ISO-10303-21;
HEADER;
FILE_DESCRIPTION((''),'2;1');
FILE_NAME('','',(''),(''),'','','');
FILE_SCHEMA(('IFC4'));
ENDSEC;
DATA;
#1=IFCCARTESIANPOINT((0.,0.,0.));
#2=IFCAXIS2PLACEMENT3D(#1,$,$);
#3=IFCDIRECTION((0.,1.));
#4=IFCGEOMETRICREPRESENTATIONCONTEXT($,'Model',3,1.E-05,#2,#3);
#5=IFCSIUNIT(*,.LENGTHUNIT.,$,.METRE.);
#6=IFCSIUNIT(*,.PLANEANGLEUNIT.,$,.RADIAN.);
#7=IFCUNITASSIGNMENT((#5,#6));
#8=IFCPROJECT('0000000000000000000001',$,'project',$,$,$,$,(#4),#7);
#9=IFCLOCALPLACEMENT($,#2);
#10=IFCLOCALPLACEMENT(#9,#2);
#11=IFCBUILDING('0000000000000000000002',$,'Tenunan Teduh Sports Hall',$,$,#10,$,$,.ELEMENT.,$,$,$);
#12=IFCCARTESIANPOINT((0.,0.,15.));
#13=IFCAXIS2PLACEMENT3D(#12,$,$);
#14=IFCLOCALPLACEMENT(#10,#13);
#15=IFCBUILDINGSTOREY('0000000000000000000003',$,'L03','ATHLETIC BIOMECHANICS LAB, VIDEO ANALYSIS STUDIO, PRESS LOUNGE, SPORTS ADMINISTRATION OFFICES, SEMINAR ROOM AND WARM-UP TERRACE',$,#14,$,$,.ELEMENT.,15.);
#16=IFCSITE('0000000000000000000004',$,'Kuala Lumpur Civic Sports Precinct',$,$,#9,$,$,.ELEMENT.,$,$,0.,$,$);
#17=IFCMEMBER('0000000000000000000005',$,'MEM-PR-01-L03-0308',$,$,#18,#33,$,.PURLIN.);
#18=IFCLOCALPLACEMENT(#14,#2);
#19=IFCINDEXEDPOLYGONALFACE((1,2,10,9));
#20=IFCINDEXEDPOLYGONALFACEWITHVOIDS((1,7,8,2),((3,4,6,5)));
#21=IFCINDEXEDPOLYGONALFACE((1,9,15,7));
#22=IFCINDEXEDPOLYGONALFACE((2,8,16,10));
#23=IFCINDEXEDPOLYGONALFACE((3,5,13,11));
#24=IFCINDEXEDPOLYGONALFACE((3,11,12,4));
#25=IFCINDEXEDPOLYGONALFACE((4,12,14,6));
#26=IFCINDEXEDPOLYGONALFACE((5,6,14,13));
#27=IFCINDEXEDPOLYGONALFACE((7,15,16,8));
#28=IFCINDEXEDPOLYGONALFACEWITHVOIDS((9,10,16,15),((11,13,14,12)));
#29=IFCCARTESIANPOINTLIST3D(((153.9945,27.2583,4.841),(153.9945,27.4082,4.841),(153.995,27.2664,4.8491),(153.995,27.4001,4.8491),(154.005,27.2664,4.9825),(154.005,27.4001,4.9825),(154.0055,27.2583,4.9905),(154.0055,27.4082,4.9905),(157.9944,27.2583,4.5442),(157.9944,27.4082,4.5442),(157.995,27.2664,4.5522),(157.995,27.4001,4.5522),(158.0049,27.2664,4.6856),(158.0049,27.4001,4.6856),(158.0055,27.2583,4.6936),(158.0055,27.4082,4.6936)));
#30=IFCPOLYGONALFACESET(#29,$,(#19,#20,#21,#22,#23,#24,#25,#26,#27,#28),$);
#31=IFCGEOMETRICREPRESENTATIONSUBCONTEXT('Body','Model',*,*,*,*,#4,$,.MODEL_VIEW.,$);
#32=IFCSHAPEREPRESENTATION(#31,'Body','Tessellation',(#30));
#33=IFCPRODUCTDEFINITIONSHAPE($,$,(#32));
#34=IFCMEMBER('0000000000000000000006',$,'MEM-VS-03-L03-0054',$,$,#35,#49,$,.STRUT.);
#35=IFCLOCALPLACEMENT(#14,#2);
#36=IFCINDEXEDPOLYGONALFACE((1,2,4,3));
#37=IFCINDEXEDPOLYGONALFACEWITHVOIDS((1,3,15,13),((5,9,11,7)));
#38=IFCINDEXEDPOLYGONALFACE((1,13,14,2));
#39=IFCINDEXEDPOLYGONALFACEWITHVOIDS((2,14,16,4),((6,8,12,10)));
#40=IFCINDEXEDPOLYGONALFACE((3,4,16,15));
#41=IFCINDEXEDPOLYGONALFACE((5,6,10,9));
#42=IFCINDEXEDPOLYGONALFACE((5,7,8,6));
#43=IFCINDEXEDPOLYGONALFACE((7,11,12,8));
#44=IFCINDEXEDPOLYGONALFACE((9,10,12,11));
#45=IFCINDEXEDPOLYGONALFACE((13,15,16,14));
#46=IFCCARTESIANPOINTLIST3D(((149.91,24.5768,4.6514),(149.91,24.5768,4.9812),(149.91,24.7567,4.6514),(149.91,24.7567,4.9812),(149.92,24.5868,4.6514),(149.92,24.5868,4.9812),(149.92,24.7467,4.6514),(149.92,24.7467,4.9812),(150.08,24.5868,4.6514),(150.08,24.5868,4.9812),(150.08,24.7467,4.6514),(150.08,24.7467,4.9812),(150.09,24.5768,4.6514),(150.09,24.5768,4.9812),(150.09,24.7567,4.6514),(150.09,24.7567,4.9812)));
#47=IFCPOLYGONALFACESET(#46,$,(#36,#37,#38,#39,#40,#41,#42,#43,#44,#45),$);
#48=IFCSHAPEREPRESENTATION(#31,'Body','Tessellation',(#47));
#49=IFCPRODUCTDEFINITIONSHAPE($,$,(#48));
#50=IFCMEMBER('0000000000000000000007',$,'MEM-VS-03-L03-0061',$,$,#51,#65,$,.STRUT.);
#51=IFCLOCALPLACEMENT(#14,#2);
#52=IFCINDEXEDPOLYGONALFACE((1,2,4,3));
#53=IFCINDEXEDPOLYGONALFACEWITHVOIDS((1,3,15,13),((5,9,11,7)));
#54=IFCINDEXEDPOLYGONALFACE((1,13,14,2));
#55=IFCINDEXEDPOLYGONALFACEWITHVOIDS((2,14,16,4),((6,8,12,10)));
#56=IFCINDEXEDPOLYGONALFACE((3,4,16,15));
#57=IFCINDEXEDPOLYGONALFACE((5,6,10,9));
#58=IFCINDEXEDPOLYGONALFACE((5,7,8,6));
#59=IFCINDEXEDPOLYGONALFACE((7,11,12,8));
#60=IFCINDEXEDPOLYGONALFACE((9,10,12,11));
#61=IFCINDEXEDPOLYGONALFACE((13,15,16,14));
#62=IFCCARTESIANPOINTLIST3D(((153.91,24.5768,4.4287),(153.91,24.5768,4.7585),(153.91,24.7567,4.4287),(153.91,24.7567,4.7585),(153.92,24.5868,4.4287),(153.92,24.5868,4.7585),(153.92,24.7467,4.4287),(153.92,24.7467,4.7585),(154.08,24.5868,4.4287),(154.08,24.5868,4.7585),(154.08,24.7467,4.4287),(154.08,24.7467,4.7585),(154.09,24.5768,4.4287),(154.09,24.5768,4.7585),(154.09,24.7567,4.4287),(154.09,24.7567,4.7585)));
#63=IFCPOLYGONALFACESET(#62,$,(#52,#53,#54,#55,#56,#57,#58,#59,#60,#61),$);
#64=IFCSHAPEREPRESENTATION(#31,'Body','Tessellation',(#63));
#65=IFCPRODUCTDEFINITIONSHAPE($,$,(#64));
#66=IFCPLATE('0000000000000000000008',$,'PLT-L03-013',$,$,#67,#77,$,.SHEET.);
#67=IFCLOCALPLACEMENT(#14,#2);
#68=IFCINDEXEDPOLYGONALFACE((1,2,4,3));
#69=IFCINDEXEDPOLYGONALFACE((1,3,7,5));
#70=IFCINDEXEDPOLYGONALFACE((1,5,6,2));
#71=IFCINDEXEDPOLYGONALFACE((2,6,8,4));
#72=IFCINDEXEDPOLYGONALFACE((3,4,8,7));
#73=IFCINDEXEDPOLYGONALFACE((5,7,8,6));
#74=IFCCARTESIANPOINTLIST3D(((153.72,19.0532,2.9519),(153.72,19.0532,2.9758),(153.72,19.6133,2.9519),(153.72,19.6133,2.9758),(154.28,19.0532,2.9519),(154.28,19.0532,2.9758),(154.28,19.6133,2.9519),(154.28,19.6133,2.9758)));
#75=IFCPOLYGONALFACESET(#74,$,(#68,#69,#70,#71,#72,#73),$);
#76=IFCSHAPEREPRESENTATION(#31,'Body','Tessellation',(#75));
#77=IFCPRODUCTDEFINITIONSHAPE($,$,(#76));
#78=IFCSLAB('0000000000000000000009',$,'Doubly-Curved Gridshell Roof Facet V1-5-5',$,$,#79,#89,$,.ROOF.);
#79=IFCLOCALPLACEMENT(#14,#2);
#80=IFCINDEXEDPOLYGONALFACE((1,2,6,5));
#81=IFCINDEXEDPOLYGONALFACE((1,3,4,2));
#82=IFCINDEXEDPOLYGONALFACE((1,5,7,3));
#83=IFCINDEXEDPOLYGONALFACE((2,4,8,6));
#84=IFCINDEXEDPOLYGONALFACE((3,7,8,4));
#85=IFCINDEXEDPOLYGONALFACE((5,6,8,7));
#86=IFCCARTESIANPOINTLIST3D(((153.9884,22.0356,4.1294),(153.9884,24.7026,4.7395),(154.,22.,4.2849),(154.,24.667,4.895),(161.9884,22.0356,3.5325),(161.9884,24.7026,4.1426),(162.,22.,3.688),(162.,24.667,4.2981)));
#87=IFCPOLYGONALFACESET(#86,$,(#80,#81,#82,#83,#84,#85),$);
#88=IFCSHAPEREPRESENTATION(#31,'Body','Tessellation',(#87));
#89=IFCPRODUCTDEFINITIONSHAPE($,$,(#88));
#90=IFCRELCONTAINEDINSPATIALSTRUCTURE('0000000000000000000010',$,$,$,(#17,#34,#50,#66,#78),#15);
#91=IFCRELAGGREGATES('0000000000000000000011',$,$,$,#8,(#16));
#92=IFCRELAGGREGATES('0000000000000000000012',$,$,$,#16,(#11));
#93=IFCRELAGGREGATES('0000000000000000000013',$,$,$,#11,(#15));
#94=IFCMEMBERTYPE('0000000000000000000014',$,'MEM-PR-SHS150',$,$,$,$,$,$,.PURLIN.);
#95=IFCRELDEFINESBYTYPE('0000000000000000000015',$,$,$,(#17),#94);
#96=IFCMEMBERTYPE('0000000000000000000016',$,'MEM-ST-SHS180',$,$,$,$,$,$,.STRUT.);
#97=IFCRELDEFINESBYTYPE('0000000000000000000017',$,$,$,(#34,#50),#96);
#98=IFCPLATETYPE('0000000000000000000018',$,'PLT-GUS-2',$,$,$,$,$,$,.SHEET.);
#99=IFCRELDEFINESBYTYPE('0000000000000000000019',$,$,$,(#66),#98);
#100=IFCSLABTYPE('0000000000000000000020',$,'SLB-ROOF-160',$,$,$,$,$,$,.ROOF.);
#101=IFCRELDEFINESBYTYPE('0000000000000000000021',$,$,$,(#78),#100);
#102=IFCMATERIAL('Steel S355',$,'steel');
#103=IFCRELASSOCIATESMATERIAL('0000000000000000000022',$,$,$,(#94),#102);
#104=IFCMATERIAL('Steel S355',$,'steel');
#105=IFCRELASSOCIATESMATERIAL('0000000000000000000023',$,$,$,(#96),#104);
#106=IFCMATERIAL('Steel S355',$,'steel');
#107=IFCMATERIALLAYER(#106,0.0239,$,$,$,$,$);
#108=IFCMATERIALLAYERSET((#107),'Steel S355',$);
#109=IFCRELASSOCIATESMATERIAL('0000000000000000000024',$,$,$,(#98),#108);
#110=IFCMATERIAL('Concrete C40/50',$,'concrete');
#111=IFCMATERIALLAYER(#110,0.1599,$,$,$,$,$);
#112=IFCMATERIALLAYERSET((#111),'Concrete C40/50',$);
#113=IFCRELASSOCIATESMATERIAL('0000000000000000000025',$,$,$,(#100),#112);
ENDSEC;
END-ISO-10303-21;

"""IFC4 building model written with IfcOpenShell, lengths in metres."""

from ifc_helpers import new_model, si_unit, direction, frame, origin, origin_2d, place, context, subcontext, project, spatial, polyline, rectangle, hollow_rectangle, outline, extrude, material, layer, layer_set, material_profile, profile_set, type_object, element, save


model = new_model("IFC4")

# Units and contexts
model_context = context("Model", 3, precision=1e-05, world=origin(), true_north=direction((0.0, 1.0)))
body_context = subcontext(model_context, "Body", "Model", "MODEL_VIEW")
ifc_project = project(units=[si_unit("LENGTHUNIT", "METRE"), si_unit("PLANEANGLEUNIT", "RADIAN")], contexts=[model_context])

# Site, building, storey
site_placement = place(None, origin())
site = spatial("IfcSite", under=ifc_project, at=site_placement, Name="Kuala Lumpur Civic Sports Precinct", CompositionType="ELEMENT", RefElevation=0.0)
building_placement = place(site_placement, origin())
building = spatial("IfcBuilding", under=site, at=building_placement, Name="Tenunan Teduh Sports Hall", CompositionType="ELEMENT")
storey_placement = place(building_placement, frame((0.0, 0.0, 15.0)))
storey = spatial("IfcBuildingStorey", under=building, at=storey_placement, Name="L03", Description="ATHLETIC BIOMECHANICS LAB, VIDEO ANALYSIS STUDIO, PRESS LOUNGE, SPORTS ADMINISTRATION OFFICES, SEMINAR ROOM AND WARM-UP TERRACE", CompositionType="ELEMENT", Elevation=15.0)

# Members
ifc_material_1 = material(Name="Steel S355", Category="steel")
ifc_material_profile_1 = material_profile(ifc_material_1, hollow_rectangle(XDim=0.1499, YDim=0.1499, WallThickness=0.0081, at=origin_2d()), Name="SHS 150x150x8.0")
ifc_profile_set_1 = profile_set([ifc_material_profile_1], Name="Steel S355")
member_type_1 = type_object("IfcMemberType", Name="MEM-PR-SHS150", PredefinedType="PURLIN", material=ifc_profile_set_1)
for number, where, z_axis, x_axis, name in (
    (1, (154.0, 27.3333, 4.9158), (0.997257, 0.0, -0.074015), (0.0, 1.0, 0.0), "MEM-PR-01-L03-0308"),
):
    element("IfcMember", number, at=place(storey_placement, frame(where, z_axis=z_axis, x_axis=x_axis)), inside=storey, type_object=member_type_1, Name=name, PredefinedType="PURLIN", context=body_context, shape_type="SweptSolid", body=[
        extrude(hollow_rectangle(XDim=0.1499, YDim=0.1499, WallThickness=0.0081, at=origin_2d()), origin(), (0.0, 0.0, 1.0), 4.011),
    ])
ifc_material_2 = material(Name="Steel S355", Category="steel")
ifc_material_profile_2 = material_profile(ifc_material_2, hollow_rectangle(XDim=0.1799, YDim=0.1799, WallThickness=0.01, at=origin_2d()), Name="SHS 180x180x10.0")
ifc_profile_set_2 = profile_set([ifc_material_profile_2], Name="Steel S355")
member_type_2 = type_object("IfcMemberType", Name="MEM-ST-SHS180", PredefinedType="STRUT", material=ifc_profile_set_2)
for number, where, z_axis, x_axis, name in (
    (2, (150.0, 24.6667, 4.6514), (0.0, 0.0, 1.0), (1.0, 0.0, 0.0), "MEM-VS-03-L03-0054"),
    (3, (154.0, 24.6667, 4.4287), (0.0, 0.0, 1.0), (1.0, 0.0, 0.0), "MEM-VS-03-L03-0061"),
):
    element("IfcMember", number, at=place(storey_placement, frame(where, z_axis=z_axis, x_axis=x_axis)), inside=storey, type_object=member_type_2, Name=name, PredefinedType="STRUT", context=body_context, shape_type="SweptSolid", body=[
        extrude(hollow_rectangle(XDim=0.1799, YDim=0.1799, WallThickness=0.01, at=origin_2d()), origin(), (0.0, 0.0, 1.0), 0.3298),
    ])

# Plate
ifc_material_3 = material(Name="Steel S355", Category="steel")
ifc_layer_1 = layer(ifc_material_3, 0.0239)
ifc_layer_set_1 = layer_set([ifc_layer_1], Name="Steel S355")
plate_type = type_object("IfcPlateType", Name="PLT-GUS-2", PredefinedType="SHEET", material=ifc_layer_set_1)
plate_placement = place(storey_placement, frame((154.0, 19.3333, 2.9519), z_axis=(0.0, 0.0, 1.0), x_axis=(1.0, 0.0, 0.0)))
element("IfcPlate", 4, at=plate_placement, inside=storey, type_object=plate_type, Name="PLT-L03-013", PredefinedType="SHEET", context=body_context, shape_type="SweptSolid", body=[
    extrude(rectangle(XDim=0.5601, YDim=0.5601, at=origin_2d()), origin(), (0.0, 0.0, 1.0), 0.0239),
])

# Slab
ifc_material_4 = material(Name="Concrete C40/50", Category="concrete")
ifc_layer_2 = layer(ifc_material_4, 0.1599)
ifc_layer_set_2 = layer_set([ifc_layer_2], Name="Concrete C40/50")
slab_type = type_object("IfcSlabType", Name="SLB-ROOF-160", PredefinedType="ROOF", material=ifc_layer_set_2)
slab_placement = place(storey_placement, frame((154.0, 22.0, 4.2849), z_axis=(0.072545, -0.222414, 0.97225), x_axis=(0.997228, 0.0, -0.074409)))
element("IfcSlab", 5, at=slab_placement, inside=storey, type_object=slab_type, Name="Doubly-Curved Gridshell Roof Facet V1-5-5", PredefinedType="ROOF", context=body_context, shape_type="SweptSolid", body=[
    extrude(outline(polyline([(0.0, 0.0), (8.0222, 0.0), (7.9768, 2.7355), (-0.0454, 2.7355), (0.0, 0.0)])), origin(), (0.0, 0.0, -1.0), 0.1599),
])

save(model, "model.ifc")
